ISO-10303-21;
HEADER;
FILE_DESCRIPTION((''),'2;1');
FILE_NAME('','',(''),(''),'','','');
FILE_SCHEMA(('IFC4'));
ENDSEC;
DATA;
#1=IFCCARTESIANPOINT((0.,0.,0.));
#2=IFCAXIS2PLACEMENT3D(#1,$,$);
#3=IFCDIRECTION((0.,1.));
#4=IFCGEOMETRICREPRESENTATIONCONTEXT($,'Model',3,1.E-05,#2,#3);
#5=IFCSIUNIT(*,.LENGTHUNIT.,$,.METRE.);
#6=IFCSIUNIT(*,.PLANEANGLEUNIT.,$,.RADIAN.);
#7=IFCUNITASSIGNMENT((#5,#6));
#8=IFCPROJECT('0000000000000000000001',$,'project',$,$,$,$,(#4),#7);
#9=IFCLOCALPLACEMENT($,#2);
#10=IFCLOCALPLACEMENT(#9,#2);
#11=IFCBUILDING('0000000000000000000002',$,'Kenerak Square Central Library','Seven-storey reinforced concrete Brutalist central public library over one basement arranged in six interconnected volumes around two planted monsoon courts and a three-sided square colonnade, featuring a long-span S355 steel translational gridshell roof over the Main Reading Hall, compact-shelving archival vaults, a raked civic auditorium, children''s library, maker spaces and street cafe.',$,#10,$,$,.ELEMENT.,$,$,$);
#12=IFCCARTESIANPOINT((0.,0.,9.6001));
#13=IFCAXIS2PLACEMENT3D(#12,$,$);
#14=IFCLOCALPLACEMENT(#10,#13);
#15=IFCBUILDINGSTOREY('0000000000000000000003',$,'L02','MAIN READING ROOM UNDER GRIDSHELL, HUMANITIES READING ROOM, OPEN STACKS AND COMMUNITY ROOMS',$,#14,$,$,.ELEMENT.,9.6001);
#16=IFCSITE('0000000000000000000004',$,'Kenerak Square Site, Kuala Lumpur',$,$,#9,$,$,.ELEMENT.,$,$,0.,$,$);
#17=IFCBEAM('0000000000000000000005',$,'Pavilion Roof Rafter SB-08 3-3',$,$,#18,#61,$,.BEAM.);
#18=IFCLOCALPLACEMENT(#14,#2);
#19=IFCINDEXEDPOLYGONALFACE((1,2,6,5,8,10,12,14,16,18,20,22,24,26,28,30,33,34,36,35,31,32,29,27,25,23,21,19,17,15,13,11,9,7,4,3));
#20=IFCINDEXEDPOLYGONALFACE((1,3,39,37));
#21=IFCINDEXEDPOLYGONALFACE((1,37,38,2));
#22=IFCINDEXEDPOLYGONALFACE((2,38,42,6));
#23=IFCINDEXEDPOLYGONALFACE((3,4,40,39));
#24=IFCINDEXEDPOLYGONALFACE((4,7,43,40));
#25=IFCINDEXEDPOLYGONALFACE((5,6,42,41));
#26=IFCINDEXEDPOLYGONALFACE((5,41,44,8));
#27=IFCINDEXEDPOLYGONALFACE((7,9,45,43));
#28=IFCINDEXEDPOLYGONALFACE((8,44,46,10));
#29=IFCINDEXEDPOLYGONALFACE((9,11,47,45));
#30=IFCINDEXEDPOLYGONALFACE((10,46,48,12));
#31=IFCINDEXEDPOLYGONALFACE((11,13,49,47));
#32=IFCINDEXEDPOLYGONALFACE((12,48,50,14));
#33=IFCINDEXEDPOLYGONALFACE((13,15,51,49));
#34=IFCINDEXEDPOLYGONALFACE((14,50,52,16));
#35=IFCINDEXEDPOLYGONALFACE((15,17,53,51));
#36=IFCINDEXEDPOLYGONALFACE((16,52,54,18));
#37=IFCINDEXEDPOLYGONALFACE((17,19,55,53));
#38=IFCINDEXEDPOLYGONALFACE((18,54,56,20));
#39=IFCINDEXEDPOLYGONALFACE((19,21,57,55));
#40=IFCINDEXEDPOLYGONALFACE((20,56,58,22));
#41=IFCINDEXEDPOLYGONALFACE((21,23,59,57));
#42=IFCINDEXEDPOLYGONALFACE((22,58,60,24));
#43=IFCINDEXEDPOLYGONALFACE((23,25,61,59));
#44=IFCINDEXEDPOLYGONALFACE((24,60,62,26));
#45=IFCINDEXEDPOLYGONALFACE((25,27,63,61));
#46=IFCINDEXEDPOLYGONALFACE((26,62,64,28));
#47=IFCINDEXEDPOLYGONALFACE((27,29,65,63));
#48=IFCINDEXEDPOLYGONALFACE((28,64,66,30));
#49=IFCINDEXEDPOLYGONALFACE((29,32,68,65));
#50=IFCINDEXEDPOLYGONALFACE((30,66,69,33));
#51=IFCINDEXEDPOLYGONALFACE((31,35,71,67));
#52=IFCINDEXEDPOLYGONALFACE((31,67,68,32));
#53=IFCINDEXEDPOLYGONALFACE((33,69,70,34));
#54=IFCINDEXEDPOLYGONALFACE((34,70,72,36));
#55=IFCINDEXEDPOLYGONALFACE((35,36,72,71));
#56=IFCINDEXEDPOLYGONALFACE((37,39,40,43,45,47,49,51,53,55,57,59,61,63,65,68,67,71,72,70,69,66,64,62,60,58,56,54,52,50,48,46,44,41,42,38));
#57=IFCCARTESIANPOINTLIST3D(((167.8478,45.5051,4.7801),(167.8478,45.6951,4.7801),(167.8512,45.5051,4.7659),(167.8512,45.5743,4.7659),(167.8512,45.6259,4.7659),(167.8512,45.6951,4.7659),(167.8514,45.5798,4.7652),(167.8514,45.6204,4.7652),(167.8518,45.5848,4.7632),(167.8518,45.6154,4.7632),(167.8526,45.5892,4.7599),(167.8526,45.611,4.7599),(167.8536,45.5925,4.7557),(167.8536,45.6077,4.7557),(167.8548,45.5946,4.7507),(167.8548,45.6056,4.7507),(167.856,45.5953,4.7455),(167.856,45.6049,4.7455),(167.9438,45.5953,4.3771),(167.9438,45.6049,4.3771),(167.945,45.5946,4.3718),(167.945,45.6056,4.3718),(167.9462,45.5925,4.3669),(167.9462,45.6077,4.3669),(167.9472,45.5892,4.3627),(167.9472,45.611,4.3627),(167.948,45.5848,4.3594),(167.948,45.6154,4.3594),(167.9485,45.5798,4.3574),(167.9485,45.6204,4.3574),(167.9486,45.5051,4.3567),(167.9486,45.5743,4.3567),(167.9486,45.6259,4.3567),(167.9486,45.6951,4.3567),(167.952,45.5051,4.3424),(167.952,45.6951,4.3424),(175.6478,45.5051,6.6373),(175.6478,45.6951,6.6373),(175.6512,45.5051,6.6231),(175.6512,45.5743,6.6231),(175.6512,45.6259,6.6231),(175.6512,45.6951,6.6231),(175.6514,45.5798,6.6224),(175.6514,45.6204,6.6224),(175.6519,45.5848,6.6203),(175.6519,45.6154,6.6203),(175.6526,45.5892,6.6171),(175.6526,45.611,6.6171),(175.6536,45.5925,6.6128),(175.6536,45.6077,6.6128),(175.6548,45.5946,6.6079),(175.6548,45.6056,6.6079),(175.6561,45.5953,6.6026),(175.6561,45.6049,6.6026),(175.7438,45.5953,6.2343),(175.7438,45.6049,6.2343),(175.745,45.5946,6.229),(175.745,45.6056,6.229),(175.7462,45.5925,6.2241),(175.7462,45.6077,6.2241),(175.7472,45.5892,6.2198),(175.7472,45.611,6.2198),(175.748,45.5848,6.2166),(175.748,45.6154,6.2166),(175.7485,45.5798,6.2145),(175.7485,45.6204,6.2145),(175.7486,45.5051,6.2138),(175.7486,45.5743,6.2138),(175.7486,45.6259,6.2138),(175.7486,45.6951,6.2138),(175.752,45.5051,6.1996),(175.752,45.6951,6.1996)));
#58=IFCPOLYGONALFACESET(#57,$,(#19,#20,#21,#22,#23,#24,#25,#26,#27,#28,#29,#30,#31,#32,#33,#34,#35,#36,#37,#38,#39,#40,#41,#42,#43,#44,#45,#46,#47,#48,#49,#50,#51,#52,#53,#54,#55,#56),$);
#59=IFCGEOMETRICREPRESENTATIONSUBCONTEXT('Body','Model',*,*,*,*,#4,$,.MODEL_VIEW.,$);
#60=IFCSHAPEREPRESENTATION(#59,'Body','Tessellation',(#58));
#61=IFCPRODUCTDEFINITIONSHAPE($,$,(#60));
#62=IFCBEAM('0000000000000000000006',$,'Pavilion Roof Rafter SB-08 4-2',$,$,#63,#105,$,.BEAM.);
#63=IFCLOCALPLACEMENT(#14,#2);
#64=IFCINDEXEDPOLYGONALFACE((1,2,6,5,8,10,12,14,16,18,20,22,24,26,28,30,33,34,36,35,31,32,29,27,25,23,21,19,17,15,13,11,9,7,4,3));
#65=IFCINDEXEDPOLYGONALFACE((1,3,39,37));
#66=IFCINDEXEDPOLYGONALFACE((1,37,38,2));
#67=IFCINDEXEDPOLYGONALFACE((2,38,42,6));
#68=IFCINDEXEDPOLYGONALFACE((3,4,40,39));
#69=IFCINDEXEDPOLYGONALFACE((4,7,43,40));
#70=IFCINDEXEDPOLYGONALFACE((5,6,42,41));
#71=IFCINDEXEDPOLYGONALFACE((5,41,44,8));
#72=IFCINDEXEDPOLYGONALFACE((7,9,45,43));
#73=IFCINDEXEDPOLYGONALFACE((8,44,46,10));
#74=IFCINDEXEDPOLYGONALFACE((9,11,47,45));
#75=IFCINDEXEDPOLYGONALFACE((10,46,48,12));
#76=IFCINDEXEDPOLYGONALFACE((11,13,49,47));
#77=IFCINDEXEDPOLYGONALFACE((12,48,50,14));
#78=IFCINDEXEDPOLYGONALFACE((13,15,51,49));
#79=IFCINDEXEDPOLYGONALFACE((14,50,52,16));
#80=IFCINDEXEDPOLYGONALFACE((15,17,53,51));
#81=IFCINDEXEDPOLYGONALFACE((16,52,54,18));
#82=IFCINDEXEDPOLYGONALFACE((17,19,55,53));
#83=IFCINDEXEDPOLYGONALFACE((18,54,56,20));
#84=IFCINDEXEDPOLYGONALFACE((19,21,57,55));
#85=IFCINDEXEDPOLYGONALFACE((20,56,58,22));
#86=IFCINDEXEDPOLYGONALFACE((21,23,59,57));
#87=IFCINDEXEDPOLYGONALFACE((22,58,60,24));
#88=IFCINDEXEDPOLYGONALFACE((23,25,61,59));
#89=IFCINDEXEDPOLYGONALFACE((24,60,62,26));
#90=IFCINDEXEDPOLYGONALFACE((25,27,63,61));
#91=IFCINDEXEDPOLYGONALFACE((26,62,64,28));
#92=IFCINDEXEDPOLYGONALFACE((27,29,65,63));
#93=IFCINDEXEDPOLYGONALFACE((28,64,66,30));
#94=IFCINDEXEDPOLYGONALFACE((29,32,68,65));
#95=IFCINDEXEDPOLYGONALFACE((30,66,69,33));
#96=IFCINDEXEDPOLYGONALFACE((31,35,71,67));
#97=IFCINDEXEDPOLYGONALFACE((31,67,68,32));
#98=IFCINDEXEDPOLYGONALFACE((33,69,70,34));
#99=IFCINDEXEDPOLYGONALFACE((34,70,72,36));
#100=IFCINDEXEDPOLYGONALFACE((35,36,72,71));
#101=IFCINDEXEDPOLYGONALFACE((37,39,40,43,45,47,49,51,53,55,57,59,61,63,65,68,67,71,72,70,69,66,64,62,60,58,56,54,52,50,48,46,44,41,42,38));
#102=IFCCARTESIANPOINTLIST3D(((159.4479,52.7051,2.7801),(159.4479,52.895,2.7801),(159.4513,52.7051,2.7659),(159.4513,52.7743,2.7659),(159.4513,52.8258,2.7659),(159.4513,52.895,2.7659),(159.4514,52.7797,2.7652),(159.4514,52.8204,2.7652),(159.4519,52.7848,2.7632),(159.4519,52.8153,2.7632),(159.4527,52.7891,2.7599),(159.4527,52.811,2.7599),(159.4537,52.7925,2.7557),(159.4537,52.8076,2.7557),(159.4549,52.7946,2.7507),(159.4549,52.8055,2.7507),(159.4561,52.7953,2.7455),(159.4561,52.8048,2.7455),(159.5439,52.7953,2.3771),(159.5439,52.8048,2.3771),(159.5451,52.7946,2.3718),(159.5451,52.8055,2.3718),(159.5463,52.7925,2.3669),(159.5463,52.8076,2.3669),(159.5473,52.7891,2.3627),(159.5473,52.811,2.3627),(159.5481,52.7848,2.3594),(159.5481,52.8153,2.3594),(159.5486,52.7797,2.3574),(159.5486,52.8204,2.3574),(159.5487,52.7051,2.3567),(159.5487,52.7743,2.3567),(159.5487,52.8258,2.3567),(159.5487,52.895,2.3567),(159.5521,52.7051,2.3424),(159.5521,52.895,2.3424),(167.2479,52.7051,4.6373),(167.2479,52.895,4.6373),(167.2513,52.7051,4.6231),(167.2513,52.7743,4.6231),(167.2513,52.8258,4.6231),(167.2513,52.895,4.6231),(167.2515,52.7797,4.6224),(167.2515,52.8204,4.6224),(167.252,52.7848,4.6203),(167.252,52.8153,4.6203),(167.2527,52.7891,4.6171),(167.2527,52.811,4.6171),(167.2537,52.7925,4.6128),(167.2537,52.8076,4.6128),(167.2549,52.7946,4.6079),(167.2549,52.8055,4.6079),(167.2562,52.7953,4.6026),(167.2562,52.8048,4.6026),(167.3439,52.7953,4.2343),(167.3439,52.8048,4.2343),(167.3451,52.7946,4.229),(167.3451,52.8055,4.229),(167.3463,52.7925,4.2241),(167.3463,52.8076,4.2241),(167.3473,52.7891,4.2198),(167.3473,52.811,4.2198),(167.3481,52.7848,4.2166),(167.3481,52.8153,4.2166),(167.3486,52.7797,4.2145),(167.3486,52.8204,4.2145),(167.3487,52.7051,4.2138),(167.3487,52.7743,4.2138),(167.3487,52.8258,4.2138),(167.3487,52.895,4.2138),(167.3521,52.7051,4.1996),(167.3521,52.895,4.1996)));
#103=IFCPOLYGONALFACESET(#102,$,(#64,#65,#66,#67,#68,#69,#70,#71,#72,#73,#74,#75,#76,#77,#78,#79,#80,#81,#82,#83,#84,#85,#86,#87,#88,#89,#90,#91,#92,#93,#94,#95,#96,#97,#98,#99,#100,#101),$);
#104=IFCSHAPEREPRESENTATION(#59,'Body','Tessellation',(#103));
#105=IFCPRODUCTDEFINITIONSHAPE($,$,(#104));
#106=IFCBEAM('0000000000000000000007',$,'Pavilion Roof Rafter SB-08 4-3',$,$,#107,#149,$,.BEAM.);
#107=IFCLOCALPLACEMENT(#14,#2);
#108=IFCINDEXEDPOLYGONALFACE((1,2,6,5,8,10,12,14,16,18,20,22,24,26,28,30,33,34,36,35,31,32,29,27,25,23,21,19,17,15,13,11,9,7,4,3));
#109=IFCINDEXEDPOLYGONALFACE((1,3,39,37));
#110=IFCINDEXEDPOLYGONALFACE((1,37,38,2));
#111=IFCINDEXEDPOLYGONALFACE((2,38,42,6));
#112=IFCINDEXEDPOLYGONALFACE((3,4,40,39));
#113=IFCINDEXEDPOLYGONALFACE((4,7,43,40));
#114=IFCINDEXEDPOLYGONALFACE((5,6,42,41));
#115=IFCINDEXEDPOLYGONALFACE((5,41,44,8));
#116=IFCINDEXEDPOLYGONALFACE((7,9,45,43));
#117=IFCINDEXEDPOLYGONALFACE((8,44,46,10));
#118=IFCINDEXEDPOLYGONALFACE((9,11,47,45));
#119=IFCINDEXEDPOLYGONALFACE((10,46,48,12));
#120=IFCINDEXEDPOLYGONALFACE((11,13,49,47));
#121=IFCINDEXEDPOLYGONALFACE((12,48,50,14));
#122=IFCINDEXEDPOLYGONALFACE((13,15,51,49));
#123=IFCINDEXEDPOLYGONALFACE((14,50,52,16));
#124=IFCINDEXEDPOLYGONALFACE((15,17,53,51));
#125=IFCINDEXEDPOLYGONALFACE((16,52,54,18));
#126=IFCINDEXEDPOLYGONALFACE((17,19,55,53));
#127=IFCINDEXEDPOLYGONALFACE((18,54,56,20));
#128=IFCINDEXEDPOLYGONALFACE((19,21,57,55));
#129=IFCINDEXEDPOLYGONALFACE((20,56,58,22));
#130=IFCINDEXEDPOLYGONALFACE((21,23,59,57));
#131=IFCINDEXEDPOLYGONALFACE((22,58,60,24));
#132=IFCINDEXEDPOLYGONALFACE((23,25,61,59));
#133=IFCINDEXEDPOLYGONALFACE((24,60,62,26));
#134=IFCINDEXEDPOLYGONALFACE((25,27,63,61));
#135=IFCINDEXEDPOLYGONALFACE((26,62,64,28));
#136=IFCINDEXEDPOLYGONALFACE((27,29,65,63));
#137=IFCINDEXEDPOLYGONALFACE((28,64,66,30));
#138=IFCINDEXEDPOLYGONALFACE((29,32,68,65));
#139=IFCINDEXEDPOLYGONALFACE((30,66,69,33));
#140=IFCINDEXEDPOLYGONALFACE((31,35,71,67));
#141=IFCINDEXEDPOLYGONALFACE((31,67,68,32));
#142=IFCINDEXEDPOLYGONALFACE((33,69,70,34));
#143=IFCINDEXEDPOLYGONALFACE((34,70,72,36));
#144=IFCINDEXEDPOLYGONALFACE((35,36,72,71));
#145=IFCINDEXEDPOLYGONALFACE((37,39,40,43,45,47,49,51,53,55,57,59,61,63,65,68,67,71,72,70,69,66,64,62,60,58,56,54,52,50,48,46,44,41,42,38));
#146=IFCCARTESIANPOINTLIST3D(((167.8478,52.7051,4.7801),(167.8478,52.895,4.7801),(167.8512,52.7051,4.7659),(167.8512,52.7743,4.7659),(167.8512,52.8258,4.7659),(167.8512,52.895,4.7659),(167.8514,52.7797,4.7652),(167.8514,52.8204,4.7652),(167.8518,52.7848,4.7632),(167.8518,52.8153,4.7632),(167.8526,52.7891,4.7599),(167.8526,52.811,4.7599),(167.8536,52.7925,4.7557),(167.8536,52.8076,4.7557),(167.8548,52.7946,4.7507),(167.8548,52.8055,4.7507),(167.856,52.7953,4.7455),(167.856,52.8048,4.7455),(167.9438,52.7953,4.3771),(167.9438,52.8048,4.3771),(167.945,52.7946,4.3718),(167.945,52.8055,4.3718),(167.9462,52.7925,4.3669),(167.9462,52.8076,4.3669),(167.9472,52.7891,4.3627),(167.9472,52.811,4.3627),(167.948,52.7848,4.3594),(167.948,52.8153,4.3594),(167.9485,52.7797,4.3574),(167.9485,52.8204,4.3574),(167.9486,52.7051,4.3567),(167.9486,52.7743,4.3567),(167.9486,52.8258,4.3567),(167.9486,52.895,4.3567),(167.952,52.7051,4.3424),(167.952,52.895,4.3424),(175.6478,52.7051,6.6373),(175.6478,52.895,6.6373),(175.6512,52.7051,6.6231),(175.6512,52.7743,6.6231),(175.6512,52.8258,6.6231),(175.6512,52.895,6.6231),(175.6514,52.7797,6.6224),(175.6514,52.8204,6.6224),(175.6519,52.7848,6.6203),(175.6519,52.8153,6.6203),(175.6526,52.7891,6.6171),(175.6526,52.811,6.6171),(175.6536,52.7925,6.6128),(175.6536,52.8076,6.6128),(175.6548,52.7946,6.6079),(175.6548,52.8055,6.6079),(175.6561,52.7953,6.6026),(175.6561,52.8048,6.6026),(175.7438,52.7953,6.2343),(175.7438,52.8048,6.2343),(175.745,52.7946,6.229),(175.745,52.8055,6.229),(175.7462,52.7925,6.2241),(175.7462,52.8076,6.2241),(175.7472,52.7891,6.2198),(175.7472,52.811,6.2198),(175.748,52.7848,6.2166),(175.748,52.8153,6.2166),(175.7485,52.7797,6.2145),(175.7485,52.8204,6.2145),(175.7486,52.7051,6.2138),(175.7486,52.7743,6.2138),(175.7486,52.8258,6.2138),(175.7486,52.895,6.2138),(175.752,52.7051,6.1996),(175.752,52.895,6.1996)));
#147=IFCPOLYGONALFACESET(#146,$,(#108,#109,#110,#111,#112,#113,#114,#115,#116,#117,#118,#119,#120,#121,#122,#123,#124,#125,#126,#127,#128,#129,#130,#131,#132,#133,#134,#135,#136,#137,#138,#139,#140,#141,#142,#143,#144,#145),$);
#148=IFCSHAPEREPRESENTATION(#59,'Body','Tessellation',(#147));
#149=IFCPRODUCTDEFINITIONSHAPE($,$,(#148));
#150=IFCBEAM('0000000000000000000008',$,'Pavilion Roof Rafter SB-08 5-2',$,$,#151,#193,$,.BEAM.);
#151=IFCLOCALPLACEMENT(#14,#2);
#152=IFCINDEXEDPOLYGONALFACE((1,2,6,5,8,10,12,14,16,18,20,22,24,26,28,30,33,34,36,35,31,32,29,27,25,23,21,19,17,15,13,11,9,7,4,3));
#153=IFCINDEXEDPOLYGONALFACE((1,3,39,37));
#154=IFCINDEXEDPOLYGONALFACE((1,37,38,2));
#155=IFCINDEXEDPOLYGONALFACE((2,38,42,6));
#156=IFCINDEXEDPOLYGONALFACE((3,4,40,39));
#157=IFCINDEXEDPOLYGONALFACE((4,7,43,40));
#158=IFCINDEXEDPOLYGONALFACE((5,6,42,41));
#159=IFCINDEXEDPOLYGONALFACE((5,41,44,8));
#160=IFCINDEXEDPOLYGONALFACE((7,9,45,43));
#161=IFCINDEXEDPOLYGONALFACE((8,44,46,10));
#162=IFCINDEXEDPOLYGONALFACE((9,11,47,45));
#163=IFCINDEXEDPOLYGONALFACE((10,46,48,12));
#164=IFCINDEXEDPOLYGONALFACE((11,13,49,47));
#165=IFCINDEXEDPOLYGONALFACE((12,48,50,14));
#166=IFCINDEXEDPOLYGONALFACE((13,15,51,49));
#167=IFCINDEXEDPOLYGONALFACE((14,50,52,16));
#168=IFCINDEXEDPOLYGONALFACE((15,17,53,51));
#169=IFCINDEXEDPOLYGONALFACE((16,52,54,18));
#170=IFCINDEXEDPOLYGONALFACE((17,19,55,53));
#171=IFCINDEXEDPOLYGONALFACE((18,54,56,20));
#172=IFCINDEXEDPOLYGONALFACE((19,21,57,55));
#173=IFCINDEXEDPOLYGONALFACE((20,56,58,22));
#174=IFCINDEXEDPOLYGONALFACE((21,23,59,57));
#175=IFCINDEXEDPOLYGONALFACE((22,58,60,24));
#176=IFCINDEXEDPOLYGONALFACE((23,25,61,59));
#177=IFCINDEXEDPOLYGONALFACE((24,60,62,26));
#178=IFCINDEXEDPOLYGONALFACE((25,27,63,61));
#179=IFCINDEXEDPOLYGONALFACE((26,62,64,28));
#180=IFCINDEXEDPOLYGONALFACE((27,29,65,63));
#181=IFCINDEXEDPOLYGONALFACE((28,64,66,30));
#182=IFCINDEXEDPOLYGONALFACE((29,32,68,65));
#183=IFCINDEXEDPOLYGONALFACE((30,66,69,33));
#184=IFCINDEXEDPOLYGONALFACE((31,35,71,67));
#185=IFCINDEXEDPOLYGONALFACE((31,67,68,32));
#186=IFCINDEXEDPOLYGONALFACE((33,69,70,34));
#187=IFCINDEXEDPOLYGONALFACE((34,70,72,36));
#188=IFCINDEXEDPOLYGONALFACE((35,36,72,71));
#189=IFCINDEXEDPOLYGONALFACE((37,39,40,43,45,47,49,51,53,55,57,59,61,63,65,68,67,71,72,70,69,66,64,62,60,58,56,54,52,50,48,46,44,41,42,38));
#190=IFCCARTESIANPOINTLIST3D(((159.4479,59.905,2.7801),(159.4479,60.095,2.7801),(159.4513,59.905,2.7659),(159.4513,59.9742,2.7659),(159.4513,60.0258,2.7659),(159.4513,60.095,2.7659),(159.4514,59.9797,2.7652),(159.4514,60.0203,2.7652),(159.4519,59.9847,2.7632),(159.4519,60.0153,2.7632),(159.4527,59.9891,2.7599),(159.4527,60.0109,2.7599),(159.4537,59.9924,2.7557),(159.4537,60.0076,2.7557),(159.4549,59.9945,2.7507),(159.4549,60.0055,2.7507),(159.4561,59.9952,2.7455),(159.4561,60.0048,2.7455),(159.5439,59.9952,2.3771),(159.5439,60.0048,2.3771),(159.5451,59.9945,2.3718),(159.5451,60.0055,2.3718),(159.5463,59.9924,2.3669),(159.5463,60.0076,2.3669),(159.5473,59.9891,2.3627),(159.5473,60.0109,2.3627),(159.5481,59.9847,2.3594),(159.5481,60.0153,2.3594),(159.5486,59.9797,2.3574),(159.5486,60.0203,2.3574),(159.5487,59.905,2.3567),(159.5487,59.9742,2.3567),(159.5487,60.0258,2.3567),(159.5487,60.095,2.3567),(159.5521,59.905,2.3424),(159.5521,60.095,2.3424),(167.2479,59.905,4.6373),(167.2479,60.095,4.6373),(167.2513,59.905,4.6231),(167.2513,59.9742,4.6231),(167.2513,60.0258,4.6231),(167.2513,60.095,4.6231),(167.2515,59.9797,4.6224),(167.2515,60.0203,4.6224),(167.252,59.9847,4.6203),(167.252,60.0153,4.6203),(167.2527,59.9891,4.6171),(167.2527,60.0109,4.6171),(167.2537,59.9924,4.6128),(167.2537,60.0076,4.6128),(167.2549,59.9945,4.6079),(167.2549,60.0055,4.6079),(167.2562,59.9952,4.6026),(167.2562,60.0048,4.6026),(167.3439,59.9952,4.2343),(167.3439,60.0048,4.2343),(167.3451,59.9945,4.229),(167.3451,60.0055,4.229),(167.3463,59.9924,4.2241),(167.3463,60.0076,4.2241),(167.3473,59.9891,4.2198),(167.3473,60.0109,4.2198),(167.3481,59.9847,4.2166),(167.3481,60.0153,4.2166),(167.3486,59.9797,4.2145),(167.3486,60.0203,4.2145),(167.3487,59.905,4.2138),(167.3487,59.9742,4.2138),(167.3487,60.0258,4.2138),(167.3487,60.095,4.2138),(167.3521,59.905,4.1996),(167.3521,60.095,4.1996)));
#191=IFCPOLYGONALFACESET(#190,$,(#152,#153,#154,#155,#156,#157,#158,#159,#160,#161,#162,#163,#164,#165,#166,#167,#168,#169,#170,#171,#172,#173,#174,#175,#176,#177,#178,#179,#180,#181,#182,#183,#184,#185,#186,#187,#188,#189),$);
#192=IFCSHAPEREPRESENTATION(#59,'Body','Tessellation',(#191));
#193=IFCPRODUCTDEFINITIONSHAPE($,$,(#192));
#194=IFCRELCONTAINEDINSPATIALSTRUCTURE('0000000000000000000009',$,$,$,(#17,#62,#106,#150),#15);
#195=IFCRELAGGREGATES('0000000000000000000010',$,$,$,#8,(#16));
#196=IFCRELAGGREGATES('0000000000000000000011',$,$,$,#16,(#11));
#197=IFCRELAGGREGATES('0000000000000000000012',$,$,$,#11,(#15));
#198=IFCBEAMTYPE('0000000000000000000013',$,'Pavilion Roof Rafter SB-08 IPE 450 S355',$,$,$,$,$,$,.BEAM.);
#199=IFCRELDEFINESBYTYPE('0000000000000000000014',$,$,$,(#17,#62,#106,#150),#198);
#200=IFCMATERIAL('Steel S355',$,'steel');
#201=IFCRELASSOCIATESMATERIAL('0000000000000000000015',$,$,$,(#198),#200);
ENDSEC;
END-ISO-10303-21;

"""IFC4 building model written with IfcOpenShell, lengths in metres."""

from ifc_helpers import new_model, si_unit, direction, frame, origin, origin_2d, place, context, subcontext, project, spatial, i_section, extrude, material, material_profile, profile_set, type_object, element, save


model = new_model("IFC4")

# Units and contexts
model_context = context("Model", 3, precision=1e-05, world=origin(), true_north=direction((0.0, 1.0)))
body_context = subcontext(model_context, "Body", "Model", "MODEL_VIEW")
ifc_project = project(units=[si_unit("LENGTHUNIT", "METRE"), si_unit("PLANEANGLEUNIT", "RADIAN")], contexts=[model_context])

# Site, building, storey
site_placement = place(None, origin())
site = spatial("IfcSite", under=ifc_project, at=site_placement, Name="Kenerak Square Site, Kuala Lumpur", CompositionType="ELEMENT", RefElevation=0.0)
building_placement = place(site_placement, origin())
building = spatial("IfcBuilding", under=site, at=building_placement, Name="Kenerak Square Central Library", Description="Seven-storey reinforced concrete Brutalist central public library over one basement arranged in six interconnected volumes around two planted monsoon courts and a three-sided square colonnade, featuring a long-span S355 steel translational gridshell roof over the Main Reading Hall, compact-shelving archival vaults, a raked civic auditorium, children's library, maker spaces and street cafe.", CompositionType="ELEMENT")
storey_placement = place(building_placement, frame((0.0, 0.0, 9.6001)))
storey = spatial("IfcBuildingStorey", under=building, at=storey_placement, Name="L02", Description="MAIN READING ROOM UNDER GRIDSHELL, HUMANITIES READING ROOM, OPEN STACKS AND COMMUNITY ROOMS", CompositionType="ELEMENT", Elevation=9.6001)

# Beams
ifc_material_1 = material(Name="Steel S355", Category="steel")
ifc_material_profile_1 = material_profile(ifc_material_1, i_section(OverallWidth=0.1899, OverallDepth=0.45, WebThickness=0.0095, FlangeThickness=0.0146, FilletRadius=0.021, at=origin_2d()), Name="IPE 450")
ifc_profile_set_1 = profile_set([ifc_material_profile_1], Name="Steel S355")
beam_type_1 = type_object("IfcBeamType", Name="Pavilion Roof Rafter SB-08 IPE 450 S355", PredefinedType="BEAM", material=ifc_profile_set_1)
for number, where, z_axis, x_axis, name in (
    (1, (167.8999, 45.6001, 4.5613), (0.972806, 0.0, 0.231623), (0.0, 1.0, 0.0), "Pavilion Roof Rafter SB-08 3-3"),
    (2, (159.5, 52.8, 2.5613), (0.972806, 0.0, 0.231623), (0.0, 1.0, 0.0), "Pavilion Roof Rafter SB-08 4-2"),
    (3, (167.8999, 52.8, 4.5613), (0.972806, 0.0, 0.231623), (0.0, 1.0, 0.0), "Pavilion Roof Rafter SB-08 4-3"),
    (4, (159.5, 60.0, 2.5613), (0.972806, 0.0, 0.231623), (0.0, 1.0, 0.0), "Pavilion Roof Rafter SB-08 5-2"),
):
    element("IfcBeam", number, at=place(storey_placement, frame(where, z_axis=z_axis, x_axis=x_axis)), inside=storey, type_object=beam_type_1, Name=name, PredefinedType="BEAM", context=body_context, shape_type="SweptSolid", body=[
        extrude(i_section(OverallWidth=0.1899, OverallDepth=0.45, WebThickness=0.0095, FlangeThickness=0.0146, FilletRadius=0.021, at=origin_2d()), origin(), (0.0, 0.0, 1.0), 8.0181),
    ])

save(model, "model.ifc")
